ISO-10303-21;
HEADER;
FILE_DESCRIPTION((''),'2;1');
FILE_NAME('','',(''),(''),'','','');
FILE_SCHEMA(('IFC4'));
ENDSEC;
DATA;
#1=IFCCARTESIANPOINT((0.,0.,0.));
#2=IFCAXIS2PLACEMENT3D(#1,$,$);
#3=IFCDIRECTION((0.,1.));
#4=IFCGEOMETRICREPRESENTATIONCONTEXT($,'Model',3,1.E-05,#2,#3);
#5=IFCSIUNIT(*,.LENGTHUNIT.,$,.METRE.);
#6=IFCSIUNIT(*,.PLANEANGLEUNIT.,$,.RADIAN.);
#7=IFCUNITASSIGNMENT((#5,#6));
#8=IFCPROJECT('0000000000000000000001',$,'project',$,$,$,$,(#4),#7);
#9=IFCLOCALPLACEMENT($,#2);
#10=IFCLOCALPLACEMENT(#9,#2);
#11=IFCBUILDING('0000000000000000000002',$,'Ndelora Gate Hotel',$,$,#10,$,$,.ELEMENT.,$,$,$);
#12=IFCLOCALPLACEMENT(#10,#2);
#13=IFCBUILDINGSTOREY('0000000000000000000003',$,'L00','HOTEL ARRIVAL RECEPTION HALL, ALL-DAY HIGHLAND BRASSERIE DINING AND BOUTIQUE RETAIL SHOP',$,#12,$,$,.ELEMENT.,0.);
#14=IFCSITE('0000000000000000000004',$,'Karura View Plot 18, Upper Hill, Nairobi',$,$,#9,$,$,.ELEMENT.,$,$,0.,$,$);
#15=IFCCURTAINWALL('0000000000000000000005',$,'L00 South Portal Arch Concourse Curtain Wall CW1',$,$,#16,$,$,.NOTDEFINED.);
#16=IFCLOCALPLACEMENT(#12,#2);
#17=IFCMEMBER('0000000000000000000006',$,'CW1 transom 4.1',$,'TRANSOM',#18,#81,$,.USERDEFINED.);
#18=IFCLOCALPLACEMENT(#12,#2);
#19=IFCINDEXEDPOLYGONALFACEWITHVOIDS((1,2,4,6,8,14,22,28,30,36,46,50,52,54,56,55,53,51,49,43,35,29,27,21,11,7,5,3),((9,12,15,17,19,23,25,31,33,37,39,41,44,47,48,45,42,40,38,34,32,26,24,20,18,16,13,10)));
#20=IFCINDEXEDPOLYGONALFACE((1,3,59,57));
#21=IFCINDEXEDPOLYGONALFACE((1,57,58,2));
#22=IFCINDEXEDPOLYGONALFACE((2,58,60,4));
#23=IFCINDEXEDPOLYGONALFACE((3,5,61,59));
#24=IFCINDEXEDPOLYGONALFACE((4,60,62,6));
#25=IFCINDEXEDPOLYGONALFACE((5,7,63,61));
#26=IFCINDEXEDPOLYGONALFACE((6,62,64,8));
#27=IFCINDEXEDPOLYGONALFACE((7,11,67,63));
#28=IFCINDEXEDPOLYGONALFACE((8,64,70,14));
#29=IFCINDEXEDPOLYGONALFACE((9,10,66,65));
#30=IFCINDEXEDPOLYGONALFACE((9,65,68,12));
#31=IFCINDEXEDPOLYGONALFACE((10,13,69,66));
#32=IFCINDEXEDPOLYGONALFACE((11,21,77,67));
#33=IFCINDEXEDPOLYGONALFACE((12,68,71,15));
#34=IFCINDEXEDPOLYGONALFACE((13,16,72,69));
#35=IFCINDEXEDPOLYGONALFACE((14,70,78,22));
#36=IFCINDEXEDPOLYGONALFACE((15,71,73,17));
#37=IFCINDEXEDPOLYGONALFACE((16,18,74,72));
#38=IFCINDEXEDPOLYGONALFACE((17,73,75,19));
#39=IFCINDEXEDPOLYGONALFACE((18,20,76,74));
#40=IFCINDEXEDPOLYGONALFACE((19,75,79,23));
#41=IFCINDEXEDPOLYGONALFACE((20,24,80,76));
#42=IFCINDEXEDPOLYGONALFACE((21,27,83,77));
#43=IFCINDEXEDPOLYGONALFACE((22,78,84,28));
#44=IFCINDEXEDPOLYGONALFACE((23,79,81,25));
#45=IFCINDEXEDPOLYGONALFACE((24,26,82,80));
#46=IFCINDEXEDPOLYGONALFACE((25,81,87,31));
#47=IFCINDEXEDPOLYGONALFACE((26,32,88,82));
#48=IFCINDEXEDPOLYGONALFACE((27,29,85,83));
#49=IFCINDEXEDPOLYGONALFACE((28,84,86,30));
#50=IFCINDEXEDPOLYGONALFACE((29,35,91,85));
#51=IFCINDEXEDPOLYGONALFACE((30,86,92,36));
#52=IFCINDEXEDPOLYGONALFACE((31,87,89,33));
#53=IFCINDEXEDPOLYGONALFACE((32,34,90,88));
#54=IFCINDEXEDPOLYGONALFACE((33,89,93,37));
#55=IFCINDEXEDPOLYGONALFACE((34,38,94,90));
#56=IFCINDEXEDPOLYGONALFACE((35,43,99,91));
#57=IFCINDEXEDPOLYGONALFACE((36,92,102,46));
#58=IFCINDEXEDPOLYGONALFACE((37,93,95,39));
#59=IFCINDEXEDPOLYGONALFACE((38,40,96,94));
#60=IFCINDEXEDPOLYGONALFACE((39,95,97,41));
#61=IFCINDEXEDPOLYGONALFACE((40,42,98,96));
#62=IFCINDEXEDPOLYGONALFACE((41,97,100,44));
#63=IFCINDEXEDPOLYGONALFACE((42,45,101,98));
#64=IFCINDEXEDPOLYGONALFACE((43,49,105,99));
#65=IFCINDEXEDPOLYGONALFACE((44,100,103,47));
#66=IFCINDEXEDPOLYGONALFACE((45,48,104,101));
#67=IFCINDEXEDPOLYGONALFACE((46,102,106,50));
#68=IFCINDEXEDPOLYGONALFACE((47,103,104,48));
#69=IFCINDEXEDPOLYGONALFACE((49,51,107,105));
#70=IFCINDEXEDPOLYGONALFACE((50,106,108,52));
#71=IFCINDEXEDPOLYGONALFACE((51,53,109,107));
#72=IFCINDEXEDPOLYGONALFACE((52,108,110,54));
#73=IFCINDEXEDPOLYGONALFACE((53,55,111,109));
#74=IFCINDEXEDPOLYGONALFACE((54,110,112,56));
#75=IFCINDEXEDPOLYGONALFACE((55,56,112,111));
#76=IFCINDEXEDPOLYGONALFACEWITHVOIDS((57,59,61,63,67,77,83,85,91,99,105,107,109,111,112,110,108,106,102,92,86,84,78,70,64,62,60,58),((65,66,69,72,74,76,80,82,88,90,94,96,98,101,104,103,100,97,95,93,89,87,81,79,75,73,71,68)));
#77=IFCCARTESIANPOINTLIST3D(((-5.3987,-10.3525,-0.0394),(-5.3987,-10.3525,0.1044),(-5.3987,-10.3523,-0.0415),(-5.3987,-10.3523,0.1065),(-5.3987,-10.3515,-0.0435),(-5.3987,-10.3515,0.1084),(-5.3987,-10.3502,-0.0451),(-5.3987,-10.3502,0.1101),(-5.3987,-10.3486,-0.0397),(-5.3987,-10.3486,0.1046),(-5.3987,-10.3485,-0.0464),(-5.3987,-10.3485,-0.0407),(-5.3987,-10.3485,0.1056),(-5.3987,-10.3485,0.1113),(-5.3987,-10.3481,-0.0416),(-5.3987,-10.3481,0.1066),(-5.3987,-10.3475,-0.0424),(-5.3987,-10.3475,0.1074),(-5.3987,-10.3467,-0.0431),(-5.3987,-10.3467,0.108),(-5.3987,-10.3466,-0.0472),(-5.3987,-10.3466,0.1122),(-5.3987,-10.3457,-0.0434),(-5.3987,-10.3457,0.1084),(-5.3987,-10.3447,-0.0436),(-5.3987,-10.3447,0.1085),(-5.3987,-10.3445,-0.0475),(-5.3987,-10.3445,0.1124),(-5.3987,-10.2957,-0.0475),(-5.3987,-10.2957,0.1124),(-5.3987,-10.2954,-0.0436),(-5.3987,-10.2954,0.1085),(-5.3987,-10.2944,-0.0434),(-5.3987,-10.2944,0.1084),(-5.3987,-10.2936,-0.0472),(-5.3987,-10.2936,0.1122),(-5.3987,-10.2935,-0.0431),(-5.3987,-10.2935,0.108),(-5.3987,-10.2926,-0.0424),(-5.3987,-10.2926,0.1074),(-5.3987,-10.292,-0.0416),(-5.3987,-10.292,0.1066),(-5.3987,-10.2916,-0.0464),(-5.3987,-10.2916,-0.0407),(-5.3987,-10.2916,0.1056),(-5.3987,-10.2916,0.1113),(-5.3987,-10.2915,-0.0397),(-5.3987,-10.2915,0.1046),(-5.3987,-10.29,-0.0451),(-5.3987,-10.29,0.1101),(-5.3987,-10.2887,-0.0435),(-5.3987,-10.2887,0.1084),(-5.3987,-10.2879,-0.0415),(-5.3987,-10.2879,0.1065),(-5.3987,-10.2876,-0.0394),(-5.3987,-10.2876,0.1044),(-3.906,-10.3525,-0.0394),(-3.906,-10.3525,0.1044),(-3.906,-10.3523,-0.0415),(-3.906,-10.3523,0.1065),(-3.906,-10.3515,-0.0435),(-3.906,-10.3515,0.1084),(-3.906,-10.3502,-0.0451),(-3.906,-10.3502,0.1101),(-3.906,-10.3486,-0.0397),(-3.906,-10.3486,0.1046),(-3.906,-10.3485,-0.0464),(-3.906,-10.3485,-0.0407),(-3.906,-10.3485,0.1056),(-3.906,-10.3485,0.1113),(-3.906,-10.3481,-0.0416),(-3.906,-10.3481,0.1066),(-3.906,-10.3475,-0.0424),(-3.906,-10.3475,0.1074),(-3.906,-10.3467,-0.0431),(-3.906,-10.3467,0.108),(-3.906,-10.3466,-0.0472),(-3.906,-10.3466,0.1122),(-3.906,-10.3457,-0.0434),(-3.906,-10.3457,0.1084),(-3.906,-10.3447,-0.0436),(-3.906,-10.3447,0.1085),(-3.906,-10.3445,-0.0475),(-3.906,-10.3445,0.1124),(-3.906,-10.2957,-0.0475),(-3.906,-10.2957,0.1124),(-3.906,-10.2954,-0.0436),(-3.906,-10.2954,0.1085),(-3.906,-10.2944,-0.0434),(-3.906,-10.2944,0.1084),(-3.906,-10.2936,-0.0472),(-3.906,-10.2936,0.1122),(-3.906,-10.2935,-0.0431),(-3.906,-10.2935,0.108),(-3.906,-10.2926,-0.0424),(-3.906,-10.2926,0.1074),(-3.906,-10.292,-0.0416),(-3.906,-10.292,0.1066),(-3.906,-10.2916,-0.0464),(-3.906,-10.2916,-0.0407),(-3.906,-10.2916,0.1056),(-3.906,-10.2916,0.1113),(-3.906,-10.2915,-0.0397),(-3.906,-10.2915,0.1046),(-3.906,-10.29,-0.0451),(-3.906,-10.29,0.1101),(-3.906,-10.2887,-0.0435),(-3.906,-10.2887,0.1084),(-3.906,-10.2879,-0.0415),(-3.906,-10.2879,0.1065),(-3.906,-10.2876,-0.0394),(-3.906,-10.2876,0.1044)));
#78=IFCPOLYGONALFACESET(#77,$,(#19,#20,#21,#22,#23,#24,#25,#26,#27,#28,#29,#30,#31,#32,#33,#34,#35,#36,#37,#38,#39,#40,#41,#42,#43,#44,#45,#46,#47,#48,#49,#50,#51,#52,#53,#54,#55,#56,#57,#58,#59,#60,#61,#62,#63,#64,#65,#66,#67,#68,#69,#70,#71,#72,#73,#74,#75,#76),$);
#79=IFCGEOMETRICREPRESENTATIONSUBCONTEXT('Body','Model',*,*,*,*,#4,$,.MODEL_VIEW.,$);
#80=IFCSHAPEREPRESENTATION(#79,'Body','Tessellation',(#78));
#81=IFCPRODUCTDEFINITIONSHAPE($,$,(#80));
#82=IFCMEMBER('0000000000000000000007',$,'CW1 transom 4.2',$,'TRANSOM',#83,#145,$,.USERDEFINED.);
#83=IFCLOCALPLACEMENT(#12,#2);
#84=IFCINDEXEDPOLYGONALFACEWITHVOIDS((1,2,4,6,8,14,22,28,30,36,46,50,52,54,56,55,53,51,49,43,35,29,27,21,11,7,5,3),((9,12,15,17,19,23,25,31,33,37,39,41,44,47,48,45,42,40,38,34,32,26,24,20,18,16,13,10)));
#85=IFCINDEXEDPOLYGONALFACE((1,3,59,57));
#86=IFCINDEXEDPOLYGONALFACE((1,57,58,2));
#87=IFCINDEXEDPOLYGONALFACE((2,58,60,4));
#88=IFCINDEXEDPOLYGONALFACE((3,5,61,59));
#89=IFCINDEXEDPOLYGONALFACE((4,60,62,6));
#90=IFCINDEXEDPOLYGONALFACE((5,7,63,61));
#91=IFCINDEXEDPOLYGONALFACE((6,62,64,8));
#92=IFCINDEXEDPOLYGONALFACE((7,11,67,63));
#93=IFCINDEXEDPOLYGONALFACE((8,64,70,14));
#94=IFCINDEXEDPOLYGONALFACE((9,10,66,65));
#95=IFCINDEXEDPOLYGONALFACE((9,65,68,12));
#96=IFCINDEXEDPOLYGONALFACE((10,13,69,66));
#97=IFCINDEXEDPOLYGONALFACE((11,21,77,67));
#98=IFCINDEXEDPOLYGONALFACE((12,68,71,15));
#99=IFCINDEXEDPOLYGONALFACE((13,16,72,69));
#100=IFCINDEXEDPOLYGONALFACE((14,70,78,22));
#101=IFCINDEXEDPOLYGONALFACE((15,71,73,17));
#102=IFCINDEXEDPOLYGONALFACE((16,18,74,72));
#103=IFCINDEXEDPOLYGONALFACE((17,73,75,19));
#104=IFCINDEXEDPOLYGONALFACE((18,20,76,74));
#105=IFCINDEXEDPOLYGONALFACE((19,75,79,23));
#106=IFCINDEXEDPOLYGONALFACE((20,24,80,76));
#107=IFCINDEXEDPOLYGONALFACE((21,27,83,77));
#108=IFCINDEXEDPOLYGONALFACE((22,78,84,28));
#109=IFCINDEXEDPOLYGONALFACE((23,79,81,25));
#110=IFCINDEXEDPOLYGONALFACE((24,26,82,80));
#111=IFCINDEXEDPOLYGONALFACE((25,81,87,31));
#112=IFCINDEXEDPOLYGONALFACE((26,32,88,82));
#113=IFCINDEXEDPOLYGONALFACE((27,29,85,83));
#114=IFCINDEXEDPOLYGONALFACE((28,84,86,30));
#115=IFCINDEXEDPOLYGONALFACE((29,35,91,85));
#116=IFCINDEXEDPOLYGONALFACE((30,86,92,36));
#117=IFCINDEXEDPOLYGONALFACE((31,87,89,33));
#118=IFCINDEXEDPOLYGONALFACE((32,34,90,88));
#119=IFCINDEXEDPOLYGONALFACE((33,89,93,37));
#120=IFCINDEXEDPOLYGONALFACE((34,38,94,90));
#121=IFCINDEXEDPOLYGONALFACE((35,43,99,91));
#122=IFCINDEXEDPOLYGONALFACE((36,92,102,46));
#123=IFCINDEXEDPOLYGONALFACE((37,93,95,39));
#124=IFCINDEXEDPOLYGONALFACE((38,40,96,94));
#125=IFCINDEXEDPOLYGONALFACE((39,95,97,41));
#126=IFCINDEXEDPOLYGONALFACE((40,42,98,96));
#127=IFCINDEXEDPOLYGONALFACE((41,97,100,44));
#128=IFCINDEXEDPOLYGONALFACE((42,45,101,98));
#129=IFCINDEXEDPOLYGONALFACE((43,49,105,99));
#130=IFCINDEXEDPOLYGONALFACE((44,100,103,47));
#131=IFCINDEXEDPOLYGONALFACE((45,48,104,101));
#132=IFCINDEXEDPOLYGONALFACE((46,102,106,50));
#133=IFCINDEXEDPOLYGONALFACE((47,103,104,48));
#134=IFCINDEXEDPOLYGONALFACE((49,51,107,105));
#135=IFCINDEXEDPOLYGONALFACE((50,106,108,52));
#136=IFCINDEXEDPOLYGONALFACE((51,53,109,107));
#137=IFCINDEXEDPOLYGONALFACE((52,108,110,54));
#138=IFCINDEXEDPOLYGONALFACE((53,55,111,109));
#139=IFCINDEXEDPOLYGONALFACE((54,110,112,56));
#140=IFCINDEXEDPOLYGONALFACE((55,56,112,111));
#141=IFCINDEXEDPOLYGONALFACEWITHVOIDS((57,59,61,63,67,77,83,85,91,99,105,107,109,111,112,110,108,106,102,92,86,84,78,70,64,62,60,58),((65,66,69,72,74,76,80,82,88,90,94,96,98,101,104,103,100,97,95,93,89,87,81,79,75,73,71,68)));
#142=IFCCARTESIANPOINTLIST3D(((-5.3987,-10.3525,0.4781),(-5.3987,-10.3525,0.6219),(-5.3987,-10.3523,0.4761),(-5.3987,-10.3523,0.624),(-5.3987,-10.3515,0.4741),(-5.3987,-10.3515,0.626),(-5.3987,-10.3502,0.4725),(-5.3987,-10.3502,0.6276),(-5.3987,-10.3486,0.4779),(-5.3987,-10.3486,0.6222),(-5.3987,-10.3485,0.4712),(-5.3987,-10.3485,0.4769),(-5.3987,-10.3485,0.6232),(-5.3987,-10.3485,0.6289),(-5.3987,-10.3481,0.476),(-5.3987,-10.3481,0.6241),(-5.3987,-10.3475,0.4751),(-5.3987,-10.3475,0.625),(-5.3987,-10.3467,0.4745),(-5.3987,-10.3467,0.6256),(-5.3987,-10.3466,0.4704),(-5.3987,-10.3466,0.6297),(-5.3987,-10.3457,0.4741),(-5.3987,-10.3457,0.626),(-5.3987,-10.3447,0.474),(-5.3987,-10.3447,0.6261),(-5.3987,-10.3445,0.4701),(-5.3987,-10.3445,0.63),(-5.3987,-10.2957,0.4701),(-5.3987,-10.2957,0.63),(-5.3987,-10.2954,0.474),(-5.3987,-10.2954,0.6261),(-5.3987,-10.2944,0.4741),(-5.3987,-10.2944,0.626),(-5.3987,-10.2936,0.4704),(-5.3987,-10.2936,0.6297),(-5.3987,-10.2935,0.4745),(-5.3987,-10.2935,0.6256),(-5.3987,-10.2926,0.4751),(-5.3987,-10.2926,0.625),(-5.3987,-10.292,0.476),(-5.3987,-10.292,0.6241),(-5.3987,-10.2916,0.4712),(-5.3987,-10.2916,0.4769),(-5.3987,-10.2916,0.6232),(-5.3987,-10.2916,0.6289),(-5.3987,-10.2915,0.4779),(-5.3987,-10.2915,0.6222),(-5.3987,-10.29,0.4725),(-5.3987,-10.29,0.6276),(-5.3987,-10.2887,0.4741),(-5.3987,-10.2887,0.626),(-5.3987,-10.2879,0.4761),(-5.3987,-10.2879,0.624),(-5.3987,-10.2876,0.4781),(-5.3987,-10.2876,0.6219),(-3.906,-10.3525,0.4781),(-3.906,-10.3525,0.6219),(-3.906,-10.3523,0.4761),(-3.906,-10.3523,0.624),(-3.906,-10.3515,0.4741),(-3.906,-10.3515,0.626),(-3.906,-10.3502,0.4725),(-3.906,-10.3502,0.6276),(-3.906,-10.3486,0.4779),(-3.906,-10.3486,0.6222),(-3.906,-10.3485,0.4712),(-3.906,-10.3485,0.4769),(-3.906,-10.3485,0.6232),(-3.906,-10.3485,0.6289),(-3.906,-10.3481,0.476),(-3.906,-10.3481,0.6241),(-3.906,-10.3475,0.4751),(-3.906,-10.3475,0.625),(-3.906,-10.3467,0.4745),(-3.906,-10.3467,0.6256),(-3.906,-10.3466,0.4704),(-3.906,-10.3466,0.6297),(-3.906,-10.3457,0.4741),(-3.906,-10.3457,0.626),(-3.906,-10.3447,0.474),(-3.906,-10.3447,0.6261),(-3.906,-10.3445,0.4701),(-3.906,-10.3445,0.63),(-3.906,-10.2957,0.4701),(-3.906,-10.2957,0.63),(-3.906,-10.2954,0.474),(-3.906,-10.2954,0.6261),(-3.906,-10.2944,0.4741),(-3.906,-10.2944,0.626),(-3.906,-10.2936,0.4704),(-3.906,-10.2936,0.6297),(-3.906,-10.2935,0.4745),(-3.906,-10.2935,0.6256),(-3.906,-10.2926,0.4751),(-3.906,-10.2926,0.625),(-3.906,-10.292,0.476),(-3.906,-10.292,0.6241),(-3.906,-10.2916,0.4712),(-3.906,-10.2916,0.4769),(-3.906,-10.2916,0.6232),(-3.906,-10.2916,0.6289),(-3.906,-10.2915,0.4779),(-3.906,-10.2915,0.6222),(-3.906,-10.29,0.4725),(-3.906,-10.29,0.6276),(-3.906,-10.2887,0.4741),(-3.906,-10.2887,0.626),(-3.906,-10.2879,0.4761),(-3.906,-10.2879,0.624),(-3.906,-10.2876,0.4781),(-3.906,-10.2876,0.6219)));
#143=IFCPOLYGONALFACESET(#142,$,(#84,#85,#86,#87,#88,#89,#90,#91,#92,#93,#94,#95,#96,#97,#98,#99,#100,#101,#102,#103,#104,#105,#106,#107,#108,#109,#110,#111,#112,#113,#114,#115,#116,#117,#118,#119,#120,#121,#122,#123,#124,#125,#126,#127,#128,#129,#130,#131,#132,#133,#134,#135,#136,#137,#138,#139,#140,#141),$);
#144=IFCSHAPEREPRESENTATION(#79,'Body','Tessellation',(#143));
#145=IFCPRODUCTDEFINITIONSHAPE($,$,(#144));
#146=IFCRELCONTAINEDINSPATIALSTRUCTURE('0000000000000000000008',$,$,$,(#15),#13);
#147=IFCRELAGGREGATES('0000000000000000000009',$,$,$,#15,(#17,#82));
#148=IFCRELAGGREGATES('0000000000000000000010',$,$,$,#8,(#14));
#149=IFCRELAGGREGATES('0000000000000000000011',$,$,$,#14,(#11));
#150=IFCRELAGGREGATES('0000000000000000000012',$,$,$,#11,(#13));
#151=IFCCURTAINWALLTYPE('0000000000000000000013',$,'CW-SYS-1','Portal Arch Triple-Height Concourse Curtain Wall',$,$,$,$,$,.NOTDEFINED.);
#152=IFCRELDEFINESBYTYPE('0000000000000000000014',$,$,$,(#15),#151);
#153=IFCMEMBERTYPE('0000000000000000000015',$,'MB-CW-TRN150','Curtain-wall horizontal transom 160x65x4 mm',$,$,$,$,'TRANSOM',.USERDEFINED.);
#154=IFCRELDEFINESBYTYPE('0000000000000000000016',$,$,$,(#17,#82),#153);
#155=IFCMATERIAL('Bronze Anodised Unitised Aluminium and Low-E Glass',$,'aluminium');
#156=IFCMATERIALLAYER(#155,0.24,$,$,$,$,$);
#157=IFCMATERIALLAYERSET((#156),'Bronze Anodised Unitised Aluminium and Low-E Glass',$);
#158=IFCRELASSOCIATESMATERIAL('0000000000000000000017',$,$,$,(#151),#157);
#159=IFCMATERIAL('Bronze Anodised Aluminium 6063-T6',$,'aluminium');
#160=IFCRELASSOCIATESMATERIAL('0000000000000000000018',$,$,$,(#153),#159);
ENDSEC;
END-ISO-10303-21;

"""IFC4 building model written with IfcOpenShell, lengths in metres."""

from ifc_helpers import new_model, si_unit, direction, frame, origin, origin_2d, place, context, subcontext, project, spatial, hollow_rectangle, extrude, material, layer, layer_set, material_profile, profile_set, type_object, element, aggregate, save


model = new_model("IFC4")

# Units and contexts
model_context = context("Model", 3, precision=1e-05, world=origin(), true_north=direction((0.0, 1.0)))
body_context = subcontext(model_context, "Body", "Model", "MODEL_VIEW")
ifc_project = project(units=[si_unit("LENGTHUNIT", "METRE"), si_unit("PLANEANGLEUNIT", "RADIAN")], contexts=[model_context])

# Site, building, storey
site_placement = place(None, origin())
site = spatial("IfcSite", under=ifc_project, at=site_placement, Name="Karura View Plot 18, Upper Hill, Nairobi", CompositionType="ELEMENT", RefElevation=0.0)
building_placement = place(site_placement, origin())
building = spatial("IfcBuilding", under=site, at=building_placement, Name="Ndelora Gate Hotel", CompositionType="ELEMENT")
storey_placement = place(building_placement, origin())
storey = spatial("IfcBuildingStorey", under=building, at=storey_placement, Name="L00", Description="HOTEL ARRIVAL RECEPTION HALL, ALL-DAY HIGHLAND BRASSERIE DINING AND BOUTIQUE RETAIL SHOP", CompositionType="ELEMENT", Elevation=0.0)

# Curtain wall, members
ifc_material_1 = material(Name="Bronze Anodised Unitised Aluminium and Low-E Glass", Category="aluminium")
ifc_layer_1 = layer(ifc_material_1, 0.24)
ifc_layer_set_1 = layer_set([ifc_layer_1], Name="Bronze Anodised Unitised Aluminium and Low-E Glass")
curtain_wall_type = type_object("IfcCurtainWallType", Name="CW-SYS-1", Description="Portal Arch Triple-Height Concourse Curtain Wall", PredefinedType="NOTDEFINED", material=ifc_layer_set_1)
curtain_wall_placement = place(storey_placement, origin())
curtain_wall = element("IfcCurtainWall", 1, at=curtain_wall_placement, inside=storey, type_object=curtain_wall_type, Name="L00 South Portal Arch Concourse Curtain Wall CW1", PredefinedType="NOTDEFINED")
ifc_material_2 = material(Name="Bronze Anodised Aluminium 6063-T6", Category="aluminium")
ifc_material_profile_1 = material_profile(ifc_material_2, hollow_rectangle(XDim=0.0649, YDim=0.1599, WallThickness=0.0039, InnerFilletRadius=0.0039, OuterFilletRadius=0.0081, at=origin_2d()), Name="ALU 160x65x4")
ifc_profile_set_1 = profile_set([ifc_material_profile_1], Name="Bronze Anodised Aluminium 6063-T6")
member_type_1 = type_object("IfcMemberType", Name="MB-CW-TRN150", Description="Curtain-wall horizontal transom 160x65x4 mm", ElementType="TRANSOM", PredefinedType="USERDEFINED", material=ifc_profile_set_1)
member_1_placement = place(storey_placement, frame((-5.3987, -10.3201, 0.0325), z_axis=(1.0, 0.0, 0.0), x_axis=(0.0, 1.0, 0.0)))
member_1 = element("IfcMember", 2, at=member_1_placement, type_object=member_type_1, Name="CW1 transom 4.1", ObjectType="TRANSOM", PredefinedType="USERDEFINED", context=body_context, shape_type="SweptSolid", body=[
    extrude(hollow_rectangle(XDim=0.0649, YDim=0.1599, WallThickness=0.0039, InnerFilletRadius=0.0039, OuterFilletRadius=0.0081, at=origin_2d()), origin(), (0.0, 0.0, 1.0), 1.4927),
])
member_2_placement = place(storey_placement, frame((-5.3987, -10.3201, 0.55), z_axis=(1.0, 0.0, 0.0), x_axis=(0.0, 1.0, 0.0)))
member_2 = element("IfcMember", 3, at=member_2_placement, type_object=member_type_1, Name="CW1 transom 4.2", ObjectType="TRANSOM", PredefinedType="USERDEFINED", context=body_context, shape_type="SweptSolid", body=[
    extrude(hollow_rectangle(XDim=0.0649, YDim=0.1599, WallThickness=0.0039, InnerFilletRadius=0.0039, OuterFilletRadius=0.0081, at=origin_2d()), origin(), (0.0, 0.0, 1.0), 1.4927),
])
aggregate(curtain_wall, [member_1, member_2])

save(model, "model.ifc")
